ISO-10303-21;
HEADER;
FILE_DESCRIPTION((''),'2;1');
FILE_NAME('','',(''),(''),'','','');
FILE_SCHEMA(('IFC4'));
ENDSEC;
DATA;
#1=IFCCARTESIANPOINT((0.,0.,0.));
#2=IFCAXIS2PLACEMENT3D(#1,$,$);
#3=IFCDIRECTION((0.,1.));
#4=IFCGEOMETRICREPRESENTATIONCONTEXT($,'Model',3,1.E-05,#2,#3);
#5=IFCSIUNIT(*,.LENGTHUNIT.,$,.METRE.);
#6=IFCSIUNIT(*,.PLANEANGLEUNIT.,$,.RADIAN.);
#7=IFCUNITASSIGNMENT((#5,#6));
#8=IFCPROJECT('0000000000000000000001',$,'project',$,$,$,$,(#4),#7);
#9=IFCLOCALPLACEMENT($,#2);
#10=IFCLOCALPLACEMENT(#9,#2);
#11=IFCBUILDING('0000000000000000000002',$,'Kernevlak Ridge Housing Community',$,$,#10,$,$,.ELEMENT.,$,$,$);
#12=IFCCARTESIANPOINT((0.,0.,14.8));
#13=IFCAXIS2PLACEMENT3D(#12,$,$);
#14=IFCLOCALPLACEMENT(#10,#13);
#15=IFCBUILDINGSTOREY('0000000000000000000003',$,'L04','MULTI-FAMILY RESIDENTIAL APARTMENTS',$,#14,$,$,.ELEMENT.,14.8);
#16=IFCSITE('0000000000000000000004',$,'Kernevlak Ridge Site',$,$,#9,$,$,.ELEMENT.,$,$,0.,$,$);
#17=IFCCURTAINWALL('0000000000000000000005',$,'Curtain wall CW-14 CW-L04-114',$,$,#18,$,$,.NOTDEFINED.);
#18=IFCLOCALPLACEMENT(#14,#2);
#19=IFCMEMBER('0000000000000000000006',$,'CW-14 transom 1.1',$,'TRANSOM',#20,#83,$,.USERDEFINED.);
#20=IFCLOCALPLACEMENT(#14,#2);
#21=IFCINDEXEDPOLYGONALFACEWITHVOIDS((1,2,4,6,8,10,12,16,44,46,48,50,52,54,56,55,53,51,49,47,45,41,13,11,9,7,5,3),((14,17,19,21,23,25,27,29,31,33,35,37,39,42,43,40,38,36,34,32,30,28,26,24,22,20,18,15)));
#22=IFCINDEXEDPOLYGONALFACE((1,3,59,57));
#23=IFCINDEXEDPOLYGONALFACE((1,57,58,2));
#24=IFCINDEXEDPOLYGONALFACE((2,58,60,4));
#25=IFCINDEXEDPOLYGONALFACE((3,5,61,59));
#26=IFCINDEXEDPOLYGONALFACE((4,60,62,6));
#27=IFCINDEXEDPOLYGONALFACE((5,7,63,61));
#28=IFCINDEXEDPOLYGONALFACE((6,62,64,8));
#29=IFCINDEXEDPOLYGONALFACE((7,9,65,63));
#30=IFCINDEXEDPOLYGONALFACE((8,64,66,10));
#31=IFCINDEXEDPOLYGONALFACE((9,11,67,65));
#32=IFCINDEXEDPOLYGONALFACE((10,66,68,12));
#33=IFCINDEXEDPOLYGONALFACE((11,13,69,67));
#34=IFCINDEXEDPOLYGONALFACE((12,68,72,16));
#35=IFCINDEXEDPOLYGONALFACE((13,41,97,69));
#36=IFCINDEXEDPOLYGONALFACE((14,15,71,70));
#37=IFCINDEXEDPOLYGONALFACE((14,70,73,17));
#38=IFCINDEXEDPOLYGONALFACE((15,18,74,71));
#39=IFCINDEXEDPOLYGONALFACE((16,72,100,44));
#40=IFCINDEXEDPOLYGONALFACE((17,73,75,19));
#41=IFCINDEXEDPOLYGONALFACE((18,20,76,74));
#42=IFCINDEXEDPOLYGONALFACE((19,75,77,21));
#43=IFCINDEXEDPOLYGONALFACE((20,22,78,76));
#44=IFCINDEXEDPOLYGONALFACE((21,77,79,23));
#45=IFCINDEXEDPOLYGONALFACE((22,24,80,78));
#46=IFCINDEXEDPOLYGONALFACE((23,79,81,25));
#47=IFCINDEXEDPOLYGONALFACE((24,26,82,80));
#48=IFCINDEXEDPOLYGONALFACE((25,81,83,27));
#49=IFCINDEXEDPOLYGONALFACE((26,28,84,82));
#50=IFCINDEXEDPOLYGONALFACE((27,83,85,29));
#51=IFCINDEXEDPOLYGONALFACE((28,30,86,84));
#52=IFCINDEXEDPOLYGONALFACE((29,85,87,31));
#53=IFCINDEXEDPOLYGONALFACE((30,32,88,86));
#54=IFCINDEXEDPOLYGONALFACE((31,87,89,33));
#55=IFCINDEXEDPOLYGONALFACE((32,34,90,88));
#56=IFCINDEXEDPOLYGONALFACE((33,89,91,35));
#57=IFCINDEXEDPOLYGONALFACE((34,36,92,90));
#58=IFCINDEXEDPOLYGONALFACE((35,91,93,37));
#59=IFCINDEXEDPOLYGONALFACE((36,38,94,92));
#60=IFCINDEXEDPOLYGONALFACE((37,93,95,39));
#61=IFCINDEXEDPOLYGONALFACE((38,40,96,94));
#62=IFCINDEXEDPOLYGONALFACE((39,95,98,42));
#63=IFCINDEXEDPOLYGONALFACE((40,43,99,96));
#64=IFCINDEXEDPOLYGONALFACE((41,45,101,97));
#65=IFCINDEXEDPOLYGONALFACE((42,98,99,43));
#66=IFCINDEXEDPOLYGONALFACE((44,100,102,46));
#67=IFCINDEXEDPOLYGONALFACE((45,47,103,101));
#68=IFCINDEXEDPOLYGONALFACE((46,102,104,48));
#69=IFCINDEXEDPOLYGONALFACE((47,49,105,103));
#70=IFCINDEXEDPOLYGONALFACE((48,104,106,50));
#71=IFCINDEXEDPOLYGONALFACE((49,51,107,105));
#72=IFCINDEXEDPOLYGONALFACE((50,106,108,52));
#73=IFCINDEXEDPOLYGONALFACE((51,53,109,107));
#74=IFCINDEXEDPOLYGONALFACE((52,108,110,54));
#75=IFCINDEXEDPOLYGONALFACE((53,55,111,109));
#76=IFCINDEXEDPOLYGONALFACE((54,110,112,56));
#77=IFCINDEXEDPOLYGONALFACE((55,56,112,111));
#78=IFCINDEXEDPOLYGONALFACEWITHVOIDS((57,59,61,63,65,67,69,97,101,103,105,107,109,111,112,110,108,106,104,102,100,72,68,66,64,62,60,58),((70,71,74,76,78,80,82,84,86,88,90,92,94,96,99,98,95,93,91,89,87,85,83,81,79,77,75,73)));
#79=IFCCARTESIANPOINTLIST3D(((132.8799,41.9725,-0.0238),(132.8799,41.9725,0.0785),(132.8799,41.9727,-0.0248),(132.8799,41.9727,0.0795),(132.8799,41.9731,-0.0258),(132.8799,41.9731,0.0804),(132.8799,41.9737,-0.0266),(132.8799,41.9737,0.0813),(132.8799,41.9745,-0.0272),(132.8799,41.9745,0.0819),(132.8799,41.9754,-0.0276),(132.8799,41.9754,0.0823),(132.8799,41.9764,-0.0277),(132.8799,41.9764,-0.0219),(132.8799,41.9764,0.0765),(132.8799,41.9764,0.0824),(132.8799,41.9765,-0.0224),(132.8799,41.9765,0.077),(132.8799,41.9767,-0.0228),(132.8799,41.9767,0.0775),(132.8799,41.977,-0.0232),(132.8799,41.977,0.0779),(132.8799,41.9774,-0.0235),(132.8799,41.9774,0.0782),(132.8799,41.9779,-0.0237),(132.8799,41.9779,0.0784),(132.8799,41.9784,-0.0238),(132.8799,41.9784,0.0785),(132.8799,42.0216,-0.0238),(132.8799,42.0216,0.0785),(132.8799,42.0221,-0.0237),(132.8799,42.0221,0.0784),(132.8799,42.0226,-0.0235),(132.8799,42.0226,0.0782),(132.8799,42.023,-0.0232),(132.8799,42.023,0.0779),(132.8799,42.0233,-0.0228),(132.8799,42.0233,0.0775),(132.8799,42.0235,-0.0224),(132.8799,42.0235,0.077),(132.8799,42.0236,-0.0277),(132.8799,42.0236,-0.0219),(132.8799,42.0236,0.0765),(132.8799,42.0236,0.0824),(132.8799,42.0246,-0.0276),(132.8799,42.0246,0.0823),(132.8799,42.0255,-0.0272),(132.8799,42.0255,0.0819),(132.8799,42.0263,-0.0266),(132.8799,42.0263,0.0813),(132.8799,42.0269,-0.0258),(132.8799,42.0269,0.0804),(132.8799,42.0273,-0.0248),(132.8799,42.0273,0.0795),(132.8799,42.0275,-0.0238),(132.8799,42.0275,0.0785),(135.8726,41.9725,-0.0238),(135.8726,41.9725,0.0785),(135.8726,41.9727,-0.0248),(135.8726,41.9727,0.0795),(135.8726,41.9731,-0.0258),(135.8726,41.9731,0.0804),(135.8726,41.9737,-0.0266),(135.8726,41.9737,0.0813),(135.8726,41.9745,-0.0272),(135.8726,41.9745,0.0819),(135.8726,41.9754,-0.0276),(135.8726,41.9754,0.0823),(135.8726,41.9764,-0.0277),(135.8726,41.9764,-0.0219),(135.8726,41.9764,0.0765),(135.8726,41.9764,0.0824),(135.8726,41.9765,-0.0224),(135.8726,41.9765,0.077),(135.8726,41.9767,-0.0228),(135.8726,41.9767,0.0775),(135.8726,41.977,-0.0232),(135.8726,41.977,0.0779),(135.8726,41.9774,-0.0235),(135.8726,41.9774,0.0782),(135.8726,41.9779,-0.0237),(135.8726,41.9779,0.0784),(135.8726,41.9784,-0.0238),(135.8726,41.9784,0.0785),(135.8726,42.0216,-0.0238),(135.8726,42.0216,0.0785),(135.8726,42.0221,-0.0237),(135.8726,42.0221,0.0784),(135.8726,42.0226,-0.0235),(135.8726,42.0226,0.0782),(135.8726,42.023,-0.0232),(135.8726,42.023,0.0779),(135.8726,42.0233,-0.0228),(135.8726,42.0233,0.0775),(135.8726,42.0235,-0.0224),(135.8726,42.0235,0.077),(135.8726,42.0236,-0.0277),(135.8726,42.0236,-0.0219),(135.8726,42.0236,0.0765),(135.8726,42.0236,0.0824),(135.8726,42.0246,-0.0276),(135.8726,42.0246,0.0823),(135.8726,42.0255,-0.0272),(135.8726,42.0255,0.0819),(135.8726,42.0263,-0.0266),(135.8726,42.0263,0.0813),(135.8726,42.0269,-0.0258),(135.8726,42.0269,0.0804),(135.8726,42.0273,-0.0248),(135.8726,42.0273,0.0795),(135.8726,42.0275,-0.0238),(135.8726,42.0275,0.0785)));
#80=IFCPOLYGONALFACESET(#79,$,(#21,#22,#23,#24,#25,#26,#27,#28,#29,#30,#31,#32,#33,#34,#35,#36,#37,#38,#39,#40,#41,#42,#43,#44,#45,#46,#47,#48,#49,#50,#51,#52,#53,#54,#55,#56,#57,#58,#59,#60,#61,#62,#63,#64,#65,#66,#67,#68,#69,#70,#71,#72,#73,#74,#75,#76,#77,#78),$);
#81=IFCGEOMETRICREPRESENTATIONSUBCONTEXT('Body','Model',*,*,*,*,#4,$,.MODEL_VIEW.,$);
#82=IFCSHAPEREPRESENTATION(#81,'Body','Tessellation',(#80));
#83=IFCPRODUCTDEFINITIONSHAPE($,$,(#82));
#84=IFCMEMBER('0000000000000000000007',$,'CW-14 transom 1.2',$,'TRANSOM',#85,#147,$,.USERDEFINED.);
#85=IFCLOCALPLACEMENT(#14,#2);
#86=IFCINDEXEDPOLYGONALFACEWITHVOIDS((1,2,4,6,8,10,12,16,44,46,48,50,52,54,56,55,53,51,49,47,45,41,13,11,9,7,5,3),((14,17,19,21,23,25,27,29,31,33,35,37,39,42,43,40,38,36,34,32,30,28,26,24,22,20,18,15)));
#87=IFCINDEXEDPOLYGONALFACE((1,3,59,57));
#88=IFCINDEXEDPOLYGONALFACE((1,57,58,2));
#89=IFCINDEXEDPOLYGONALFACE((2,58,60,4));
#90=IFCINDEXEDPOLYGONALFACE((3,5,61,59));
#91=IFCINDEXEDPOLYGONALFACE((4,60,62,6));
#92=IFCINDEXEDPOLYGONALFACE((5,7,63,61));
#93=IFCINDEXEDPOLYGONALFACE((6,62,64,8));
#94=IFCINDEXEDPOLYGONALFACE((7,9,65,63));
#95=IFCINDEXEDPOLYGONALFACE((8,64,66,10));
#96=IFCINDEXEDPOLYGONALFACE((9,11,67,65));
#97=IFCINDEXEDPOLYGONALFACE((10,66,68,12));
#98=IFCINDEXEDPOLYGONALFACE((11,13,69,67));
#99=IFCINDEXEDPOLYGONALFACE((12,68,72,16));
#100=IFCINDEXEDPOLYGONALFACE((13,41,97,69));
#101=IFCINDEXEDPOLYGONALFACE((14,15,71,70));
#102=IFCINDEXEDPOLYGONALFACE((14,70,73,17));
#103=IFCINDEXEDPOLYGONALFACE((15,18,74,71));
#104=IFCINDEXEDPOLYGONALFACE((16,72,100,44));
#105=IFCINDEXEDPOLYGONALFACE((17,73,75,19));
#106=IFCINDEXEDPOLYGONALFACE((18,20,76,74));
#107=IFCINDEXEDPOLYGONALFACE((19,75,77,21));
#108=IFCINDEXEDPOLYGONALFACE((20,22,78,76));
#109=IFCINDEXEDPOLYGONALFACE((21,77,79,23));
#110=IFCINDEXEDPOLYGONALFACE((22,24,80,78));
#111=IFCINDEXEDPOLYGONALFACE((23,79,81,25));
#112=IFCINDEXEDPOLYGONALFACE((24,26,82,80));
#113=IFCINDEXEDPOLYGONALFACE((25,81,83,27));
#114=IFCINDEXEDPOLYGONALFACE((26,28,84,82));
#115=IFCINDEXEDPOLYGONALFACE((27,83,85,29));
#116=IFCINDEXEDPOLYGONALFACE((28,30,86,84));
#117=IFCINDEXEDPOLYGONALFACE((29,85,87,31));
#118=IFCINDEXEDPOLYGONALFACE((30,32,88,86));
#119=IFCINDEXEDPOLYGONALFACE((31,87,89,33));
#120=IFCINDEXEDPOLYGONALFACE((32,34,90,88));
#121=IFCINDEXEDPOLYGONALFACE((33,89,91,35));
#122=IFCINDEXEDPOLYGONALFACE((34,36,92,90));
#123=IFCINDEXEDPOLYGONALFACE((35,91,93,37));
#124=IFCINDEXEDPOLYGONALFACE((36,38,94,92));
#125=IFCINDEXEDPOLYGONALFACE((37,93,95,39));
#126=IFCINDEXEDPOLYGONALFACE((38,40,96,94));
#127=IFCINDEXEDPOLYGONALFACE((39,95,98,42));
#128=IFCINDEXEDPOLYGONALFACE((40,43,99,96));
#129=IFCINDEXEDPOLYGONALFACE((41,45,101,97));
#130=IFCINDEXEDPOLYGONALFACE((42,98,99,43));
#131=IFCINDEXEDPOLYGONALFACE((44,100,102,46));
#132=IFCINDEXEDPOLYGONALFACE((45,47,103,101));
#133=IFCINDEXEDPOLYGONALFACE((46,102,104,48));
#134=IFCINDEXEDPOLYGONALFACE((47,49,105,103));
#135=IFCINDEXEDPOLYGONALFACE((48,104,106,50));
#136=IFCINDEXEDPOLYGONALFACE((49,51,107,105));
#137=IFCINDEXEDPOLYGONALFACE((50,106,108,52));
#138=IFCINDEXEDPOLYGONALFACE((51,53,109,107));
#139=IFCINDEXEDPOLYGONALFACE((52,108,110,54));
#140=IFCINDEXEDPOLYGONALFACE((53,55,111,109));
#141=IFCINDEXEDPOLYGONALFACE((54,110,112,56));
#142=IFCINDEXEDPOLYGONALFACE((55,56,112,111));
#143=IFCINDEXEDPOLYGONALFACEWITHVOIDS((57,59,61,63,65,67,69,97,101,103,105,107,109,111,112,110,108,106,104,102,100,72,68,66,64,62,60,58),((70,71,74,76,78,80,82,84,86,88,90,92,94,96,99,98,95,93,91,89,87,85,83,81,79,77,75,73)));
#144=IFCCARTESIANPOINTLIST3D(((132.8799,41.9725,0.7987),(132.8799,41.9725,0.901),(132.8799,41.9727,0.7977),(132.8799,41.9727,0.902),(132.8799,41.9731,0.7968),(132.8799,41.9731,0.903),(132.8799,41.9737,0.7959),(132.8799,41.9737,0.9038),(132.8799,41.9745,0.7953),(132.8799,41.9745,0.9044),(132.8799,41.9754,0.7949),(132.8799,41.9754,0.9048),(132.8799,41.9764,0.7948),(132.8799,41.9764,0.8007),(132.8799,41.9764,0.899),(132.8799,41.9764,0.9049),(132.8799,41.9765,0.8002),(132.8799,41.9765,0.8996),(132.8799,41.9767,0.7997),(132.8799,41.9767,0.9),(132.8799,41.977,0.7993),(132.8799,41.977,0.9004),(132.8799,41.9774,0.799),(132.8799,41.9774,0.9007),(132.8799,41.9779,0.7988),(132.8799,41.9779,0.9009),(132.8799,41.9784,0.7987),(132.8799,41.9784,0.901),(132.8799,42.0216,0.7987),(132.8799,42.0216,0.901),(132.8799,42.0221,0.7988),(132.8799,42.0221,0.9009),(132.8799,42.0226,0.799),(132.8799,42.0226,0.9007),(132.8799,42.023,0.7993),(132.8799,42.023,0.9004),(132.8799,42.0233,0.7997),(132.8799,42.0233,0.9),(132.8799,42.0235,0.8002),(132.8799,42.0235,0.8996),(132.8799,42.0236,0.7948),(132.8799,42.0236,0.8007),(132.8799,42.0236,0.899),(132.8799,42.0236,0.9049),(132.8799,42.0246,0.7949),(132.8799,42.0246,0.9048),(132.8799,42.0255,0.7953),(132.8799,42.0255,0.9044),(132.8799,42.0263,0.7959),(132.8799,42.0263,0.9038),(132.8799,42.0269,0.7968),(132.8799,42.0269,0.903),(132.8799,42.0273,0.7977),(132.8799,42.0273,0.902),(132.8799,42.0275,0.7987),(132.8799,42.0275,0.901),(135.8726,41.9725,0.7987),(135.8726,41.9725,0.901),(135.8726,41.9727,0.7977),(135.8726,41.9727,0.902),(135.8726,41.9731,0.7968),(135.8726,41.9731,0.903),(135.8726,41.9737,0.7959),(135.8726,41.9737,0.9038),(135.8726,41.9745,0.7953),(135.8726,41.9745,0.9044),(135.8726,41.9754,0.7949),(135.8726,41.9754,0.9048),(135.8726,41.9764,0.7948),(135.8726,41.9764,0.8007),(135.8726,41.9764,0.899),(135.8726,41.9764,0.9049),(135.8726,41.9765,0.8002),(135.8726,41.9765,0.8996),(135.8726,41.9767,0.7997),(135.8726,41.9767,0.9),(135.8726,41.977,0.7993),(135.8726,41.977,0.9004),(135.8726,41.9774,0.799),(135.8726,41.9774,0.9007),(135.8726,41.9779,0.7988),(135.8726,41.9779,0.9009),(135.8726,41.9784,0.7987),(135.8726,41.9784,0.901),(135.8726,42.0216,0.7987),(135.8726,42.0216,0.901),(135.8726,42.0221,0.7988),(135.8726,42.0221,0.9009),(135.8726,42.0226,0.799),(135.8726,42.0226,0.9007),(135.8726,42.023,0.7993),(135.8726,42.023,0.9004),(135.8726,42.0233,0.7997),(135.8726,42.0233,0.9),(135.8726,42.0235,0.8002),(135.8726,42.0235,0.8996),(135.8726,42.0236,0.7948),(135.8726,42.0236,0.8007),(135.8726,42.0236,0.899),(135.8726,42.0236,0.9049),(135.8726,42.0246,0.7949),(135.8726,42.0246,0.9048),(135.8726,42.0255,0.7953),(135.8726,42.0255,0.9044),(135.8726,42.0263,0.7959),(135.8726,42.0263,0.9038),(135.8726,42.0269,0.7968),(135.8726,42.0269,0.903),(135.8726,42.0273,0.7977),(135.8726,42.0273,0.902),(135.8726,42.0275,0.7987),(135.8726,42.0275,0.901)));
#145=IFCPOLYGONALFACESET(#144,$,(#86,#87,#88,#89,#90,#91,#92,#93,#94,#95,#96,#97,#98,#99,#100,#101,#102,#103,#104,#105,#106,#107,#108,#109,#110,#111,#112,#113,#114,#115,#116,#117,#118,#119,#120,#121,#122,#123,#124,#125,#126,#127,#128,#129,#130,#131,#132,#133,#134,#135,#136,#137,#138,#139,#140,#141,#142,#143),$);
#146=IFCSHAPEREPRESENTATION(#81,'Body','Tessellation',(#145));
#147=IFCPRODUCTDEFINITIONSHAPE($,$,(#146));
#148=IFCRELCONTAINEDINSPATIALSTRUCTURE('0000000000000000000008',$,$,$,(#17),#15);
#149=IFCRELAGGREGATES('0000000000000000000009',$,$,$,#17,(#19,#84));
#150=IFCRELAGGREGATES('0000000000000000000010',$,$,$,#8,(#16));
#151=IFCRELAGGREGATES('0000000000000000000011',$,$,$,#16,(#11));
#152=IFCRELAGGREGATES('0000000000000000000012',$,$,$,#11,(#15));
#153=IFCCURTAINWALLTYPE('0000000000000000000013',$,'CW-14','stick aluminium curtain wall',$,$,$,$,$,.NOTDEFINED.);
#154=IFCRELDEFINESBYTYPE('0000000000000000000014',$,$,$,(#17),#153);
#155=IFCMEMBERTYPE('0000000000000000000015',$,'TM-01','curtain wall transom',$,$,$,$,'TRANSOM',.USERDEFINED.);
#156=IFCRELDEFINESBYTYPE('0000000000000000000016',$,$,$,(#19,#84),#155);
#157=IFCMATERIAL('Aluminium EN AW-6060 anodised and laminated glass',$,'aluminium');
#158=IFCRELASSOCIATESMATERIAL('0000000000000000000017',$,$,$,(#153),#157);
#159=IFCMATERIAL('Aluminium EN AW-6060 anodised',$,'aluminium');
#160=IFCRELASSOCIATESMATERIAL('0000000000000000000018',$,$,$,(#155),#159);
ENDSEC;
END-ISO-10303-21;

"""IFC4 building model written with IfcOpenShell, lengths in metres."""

from ifc_helpers import new_model, si_unit, direction, frame, origin, origin_2d, place, context, subcontext, project, spatial, hollow_rectangle, extrude, material, material_profile, profile_set, type_object, element, aggregate, save


model = new_model("IFC4")

# Units and contexts
model_context = context("Model", 3, precision=1e-05, world=origin(), true_north=direction((0.0, 1.0)))
body_context = subcontext(model_context, "Body", "Model", "MODEL_VIEW")
ifc_project = project(units=[si_unit("LENGTHUNIT", "METRE"), si_unit("PLANEANGLEUNIT", "RADIAN")], contexts=[model_context])

# Site, building, storey
site_placement = place(None, origin())
site = spatial("IfcSite", under=ifc_project, at=site_placement, Name="Kernevlak Ridge Site", CompositionType="ELEMENT", RefElevation=0.0)
building_placement = place(site_placement, origin())
building = spatial("IfcBuilding", under=site, at=building_placement, Name="Kernevlak Ridge Housing Community", CompositionType="ELEMENT")
storey_placement = place(building_placement, frame((0.0, 0.0, 14.8)))
storey = spatial("IfcBuildingStorey", under=building, at=storey_placement, Name="L04", Description="MULTI-FAMILY RESIDENTIAL APARTMENTS", CompositionType="ELEMENT", Elevation=14.8)

# Curtain wall
ifc_material_1 = material(Name="Aluminium EN AW-6060 anodised and laminated glass", Category="aluminium")
curtain_wall_type = type_object("IfcCurtainWallType", Name="CW-14", Description="stick aluminium curtain wall", PredefinedType="NOTDEFINED", material=ifc_material_1)
curtain_wall_placement = place(storey_placement, origin())
curtain_wall = element("IfcCurtainWall", 1, at=curtain_wall_placement, inside=storey, type_object=curtain_wall_type, Name="Curtain wall CW-14 CW-L04-114", PredefinedType="NOTDEFINED")
ifc_material_2 = material(Name="Aluminium EN AW-6060 anodised", Category="aluminium")

# Members
ifc_material_profile_1 = material_profile(ifc_material_2, hollow_rectangle(XDim=0.0549, YDim=0.1101, WallThickness=0.0039, InnerFilletRadius=0.002, OuterFilletRadius=0.0039, at=origin_2d()), Name="ALU 55x110x4")
ifc_profile_set_1 = profile_set([ifc_material_profile_1], Name="Aluminium EN AW-6060 anodised")
member_type_1 = type_object("IfcMemberType", Name="TM-01", Description="curtain wall transom", ElementType="TRANSOM", PredefinedType="USERDEFINED", material=ifc_profile_set_1)
member_1_placement = place(storey_placement, frame((132.8799, 42.0, 0.0273), z_axis=(1.0, 0.0, 0.0), x_axis=(0.0, 1.0, 0.0)))
member_1 = element("IfcMember", 2, at=member_1_placement, type_object=member_type_1, Name="CW-14 transom 1.1", ObjectType="TRANSOM", PredefinedType="USERDEFINED", context=body_context, shape_type="SweptSolid", body=[
    extrude(hollow_rectangle(XDim=0.0549, YDim=0.1101, WallThickness=0.0039, InnerFilletRadius=0.002, OuterFilletRadius=0.0039, at=origin_2d()), origin(), (0.0, 0.0, 1.0), 2.9927),
])
member_2_placement = place(storey_placement, frame((132.8799, 42.0, 0.8499), z_axis=(1.0, 0.0, 0.0), x_axis=(0.0, 1.0, 0.0)))
member_2 = element("IfcMember", 3, at=member_2_placement, type_object=member_type_1, Name="CW-14 transom 1.2", ObjectType="TRANSOM", PredefinedType="USERDEFINED", context=body_context, shape_type="SweptSolid", body=[
    extrude(hollow_rectangle(XDim=0.0549, YDim=0.1101, WallThickness=0.0039, InnerFilletRadius=0.002, OuterFilletRadius=0.0039, at=origin_2d()), origin(), (0.0, 0.0, 1.0), 2.9927),
])

aggregate(curtain_wall, [member_1, member_2])

save(model, "model.ifc")
